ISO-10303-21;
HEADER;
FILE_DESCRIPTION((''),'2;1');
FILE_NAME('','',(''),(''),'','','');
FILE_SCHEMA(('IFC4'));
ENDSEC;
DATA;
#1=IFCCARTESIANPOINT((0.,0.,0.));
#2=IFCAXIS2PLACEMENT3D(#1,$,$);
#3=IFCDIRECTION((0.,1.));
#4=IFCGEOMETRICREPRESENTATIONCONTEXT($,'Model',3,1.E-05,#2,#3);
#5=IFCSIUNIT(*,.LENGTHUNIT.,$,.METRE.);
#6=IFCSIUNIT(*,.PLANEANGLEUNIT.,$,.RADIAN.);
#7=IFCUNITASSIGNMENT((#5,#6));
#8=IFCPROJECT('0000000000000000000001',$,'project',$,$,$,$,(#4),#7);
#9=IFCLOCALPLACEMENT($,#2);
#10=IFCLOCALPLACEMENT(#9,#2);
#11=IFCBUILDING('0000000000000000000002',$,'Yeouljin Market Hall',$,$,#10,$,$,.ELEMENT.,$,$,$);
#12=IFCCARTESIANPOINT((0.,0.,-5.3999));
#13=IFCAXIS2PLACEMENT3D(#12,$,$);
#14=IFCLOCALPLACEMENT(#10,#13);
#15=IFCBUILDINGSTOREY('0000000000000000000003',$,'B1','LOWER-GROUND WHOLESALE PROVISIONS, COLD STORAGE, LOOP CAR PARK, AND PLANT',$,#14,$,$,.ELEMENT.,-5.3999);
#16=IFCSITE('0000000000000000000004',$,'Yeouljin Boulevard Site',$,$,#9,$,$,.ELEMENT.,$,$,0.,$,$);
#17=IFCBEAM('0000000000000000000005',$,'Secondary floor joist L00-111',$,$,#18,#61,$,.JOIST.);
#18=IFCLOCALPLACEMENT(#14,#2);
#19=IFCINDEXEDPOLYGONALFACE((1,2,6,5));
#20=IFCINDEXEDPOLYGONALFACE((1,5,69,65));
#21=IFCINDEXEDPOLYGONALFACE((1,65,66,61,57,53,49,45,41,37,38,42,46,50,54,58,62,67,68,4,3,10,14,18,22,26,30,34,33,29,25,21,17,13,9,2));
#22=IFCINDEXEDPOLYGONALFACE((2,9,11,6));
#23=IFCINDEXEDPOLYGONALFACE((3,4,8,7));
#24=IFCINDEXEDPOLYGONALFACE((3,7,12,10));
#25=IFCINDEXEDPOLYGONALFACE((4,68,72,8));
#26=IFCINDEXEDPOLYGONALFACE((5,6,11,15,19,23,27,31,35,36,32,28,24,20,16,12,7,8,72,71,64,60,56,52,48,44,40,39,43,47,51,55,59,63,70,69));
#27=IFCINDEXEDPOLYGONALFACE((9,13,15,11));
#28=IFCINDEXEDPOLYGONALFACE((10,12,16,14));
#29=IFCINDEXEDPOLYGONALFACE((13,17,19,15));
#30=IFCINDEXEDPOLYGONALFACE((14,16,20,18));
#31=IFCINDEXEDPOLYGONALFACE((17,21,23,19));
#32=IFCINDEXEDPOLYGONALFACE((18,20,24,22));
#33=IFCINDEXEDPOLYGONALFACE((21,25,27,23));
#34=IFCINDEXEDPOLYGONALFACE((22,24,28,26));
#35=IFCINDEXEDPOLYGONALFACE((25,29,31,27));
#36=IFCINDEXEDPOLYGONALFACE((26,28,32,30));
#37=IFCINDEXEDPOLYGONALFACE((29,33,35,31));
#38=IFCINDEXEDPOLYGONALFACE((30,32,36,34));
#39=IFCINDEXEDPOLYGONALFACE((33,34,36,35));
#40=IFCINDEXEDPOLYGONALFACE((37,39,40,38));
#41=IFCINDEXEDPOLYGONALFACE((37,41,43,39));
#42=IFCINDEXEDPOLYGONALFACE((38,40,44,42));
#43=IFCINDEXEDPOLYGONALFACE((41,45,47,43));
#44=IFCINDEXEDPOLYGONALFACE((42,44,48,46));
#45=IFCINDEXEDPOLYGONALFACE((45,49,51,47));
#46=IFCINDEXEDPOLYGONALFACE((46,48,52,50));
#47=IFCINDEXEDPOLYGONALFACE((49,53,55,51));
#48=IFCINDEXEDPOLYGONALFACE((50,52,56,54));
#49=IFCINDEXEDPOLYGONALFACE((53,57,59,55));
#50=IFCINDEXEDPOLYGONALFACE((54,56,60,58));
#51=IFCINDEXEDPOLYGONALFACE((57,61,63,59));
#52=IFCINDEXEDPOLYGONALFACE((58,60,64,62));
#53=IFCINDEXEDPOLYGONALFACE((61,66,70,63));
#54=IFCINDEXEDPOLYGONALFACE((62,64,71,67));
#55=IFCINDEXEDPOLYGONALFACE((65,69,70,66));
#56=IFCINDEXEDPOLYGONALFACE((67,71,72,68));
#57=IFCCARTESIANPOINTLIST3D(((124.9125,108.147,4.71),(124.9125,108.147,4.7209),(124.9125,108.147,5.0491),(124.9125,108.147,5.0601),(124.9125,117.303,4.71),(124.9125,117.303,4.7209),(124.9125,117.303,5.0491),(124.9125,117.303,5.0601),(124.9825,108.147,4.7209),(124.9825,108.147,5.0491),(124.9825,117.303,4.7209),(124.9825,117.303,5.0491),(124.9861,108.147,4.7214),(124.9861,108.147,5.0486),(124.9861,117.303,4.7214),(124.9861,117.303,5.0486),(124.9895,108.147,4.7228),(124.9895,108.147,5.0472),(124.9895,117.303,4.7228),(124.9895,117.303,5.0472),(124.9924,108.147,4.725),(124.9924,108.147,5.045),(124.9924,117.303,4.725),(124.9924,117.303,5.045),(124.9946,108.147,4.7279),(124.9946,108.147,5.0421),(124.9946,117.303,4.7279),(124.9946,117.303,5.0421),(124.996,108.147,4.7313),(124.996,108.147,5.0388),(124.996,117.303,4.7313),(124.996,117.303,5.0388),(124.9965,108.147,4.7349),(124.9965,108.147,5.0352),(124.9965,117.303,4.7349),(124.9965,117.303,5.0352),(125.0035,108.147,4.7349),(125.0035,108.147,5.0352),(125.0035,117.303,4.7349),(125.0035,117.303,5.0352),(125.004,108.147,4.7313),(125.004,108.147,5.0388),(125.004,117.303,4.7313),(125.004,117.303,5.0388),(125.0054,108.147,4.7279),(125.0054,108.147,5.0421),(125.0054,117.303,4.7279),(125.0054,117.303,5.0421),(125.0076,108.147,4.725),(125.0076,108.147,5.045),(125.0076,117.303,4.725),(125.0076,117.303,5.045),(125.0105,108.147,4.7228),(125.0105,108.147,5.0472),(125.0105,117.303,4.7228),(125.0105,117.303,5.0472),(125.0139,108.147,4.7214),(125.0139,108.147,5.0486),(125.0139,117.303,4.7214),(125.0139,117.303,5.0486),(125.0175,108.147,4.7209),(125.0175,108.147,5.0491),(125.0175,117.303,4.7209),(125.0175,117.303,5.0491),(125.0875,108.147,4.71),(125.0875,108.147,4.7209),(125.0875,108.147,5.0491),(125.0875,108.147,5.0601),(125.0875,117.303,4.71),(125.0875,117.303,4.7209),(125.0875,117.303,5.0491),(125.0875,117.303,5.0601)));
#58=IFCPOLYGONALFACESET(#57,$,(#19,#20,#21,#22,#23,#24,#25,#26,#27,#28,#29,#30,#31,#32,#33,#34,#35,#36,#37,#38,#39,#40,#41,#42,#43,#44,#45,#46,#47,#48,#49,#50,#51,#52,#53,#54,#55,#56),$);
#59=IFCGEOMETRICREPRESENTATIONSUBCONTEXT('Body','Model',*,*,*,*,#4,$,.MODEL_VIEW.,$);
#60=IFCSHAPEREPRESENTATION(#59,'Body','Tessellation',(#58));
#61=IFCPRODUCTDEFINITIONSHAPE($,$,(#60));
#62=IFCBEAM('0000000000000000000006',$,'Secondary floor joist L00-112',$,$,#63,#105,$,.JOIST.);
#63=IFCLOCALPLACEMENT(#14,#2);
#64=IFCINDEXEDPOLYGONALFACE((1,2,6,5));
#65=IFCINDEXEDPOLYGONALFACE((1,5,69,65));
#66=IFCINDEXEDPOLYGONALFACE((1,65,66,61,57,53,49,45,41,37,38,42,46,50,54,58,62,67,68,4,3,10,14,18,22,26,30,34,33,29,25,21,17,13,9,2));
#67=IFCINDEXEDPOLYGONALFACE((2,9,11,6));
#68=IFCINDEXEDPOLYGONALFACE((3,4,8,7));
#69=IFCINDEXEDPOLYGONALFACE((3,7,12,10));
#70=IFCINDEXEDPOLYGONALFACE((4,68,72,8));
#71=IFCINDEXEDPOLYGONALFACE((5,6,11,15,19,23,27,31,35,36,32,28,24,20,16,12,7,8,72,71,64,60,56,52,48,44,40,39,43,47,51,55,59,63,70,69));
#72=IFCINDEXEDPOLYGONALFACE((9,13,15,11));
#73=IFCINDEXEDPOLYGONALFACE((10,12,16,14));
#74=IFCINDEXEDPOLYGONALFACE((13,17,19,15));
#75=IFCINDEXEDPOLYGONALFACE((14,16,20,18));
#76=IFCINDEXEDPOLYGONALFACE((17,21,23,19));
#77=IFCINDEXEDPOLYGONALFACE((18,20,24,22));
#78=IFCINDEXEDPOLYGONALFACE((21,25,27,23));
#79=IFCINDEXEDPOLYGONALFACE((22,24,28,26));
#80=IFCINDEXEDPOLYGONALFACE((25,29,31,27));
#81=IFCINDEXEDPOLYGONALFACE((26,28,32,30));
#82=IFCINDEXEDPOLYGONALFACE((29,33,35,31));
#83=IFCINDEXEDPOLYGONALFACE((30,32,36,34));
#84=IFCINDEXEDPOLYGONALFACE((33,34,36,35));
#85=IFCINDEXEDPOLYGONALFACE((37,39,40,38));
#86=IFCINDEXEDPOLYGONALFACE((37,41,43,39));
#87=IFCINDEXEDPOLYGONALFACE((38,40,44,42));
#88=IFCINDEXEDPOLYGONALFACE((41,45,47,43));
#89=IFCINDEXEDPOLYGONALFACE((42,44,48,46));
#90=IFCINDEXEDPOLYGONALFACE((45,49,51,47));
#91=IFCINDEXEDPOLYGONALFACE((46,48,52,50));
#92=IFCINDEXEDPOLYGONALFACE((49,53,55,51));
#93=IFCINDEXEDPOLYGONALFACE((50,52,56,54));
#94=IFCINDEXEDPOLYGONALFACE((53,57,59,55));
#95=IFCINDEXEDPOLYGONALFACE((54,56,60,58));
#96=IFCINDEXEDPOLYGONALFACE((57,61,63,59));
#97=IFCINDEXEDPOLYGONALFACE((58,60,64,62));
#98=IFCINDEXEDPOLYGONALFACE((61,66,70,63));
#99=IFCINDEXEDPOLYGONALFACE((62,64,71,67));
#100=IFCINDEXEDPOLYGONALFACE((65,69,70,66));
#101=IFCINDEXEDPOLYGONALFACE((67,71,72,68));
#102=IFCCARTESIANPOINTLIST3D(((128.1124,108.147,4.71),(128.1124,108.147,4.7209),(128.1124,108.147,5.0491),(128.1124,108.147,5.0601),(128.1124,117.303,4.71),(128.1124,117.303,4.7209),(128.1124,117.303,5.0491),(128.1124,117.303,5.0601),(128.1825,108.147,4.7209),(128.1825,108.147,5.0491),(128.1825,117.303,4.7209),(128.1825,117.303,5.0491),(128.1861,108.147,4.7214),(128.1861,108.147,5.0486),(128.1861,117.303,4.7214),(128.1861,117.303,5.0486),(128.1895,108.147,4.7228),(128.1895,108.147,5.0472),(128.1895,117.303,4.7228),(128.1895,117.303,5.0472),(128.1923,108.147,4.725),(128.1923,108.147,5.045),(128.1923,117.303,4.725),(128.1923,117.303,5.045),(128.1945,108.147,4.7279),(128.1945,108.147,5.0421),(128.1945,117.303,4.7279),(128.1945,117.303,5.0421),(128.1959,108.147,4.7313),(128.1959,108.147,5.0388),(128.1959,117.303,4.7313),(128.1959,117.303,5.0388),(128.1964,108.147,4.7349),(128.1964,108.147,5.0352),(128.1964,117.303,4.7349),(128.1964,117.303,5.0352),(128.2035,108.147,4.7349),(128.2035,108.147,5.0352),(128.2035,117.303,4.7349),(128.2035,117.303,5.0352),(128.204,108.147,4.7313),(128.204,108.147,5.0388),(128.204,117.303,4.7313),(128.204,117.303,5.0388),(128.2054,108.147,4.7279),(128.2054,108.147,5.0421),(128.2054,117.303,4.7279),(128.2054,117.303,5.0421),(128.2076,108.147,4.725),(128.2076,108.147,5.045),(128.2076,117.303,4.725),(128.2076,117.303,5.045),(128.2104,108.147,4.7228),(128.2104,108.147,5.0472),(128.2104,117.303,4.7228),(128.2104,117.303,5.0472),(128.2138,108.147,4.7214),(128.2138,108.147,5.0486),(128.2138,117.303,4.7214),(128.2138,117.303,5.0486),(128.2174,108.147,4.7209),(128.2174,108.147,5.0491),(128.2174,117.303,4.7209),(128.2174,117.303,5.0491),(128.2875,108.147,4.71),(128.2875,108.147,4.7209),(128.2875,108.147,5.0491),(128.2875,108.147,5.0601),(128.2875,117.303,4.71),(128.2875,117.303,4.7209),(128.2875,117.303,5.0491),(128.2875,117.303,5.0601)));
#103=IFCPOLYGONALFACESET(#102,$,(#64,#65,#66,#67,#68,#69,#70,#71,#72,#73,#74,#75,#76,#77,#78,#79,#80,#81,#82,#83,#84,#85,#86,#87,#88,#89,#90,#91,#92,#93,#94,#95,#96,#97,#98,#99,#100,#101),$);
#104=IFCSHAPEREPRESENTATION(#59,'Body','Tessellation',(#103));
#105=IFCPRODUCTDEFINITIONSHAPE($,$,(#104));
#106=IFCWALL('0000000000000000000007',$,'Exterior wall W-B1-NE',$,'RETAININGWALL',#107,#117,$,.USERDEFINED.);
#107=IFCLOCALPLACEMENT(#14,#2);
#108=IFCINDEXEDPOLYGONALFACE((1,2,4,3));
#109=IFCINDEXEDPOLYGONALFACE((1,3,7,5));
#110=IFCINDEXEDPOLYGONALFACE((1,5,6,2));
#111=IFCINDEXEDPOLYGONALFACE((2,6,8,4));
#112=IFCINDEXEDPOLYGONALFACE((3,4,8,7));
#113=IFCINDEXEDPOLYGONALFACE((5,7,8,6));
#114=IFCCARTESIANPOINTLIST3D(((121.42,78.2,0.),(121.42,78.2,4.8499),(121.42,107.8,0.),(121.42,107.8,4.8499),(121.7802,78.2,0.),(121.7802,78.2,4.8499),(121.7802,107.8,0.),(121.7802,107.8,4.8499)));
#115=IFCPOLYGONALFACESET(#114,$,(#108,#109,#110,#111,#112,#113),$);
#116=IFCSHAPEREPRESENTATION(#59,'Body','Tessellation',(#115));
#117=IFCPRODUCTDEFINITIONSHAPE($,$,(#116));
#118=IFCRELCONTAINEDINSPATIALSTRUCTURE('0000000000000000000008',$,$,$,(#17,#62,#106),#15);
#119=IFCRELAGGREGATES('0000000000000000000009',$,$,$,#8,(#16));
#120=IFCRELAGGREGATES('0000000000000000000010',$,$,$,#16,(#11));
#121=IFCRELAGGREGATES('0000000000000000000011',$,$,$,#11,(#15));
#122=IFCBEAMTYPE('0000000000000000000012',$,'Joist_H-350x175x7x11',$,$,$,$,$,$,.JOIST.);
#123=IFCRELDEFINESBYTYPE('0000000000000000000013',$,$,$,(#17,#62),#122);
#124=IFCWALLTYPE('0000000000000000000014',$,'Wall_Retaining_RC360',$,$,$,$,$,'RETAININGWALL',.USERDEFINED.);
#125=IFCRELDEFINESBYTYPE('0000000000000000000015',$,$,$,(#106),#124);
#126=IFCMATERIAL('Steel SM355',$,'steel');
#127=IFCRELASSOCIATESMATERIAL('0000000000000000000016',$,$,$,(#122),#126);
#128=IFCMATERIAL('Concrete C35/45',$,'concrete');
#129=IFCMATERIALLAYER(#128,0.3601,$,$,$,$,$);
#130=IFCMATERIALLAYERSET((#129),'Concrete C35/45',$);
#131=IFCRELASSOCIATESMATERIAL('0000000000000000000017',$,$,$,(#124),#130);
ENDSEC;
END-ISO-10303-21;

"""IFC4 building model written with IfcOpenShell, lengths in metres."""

from ifc_helpers import new_model, si_unit, direction, frame, frame_2d, origin, origin_2d, place, context, subcontext, project, spatial, rectangle, i_section, extrude, material, layer, layer_set, material_profile, profile_set, type_object, element, save


model = new_model("IFC4")

# Units and contexts
model_context = context("Model", 3, precision=1e-05, world=origin(), true_north=direction((0.0, 1.0)))
body_context = subcontext(model_context, "Body", "Model", "MODEL_VIEW")
ifc_project = project(units=[si_unit("LENGTHUNIT", "METRE"), si_unit("PLANEANGLEUNIT", "RADIAN")], contexts=[model_context])

# Site, building, storey
site_placement = place(None, origin())
site = spatial("IfcSite", under=ifc_project, at=site_placement, Name="Yeouljin Boulevard Site", CompositionType="ELEMENT", RefElevation=0.0)
building_placement = place(site_placement, origin())
building = spatial("IfcBuilding", under=site, at=building_placement, Name="Yeouljin Market Hall", CompositionType="ELEMENT")
storey_placement = place(building_placement, frame((0.0, 0.0, -5.3999)))
storey = spatial("IfcBuildingStorey", under=building, at=storey_placement, Name="B1", Description="LOWER-GROUND WHOLESALE PROVISIONS, COLD STORAGE, LOOP CAR PARK, AND PLANT", CompositionType="ELEMENT", Elevation=-5.3999)

# Beams
ifc_material_1 = material(Name="Steel SM355", Category="steel")
ifc_material_profile_1 = material_profile(ifc_material_1, i_section(OverallWidth=0.175, OverallDepth=0.3501, WebThickness=0.0071, FlangeThickness=0.011, FilletRadius=0.0139, at=origin_2d()), Name="H-350x175x7x11")
ifc_profile_set_1 = profile_set([ifc_material_profile_1], Name="Steel SM355")
beam_type_1 = type_object("IfcBeamType", Name="Joist_H-350x175x7x11", PredefinedType="JOIST", material=ifc_profile_set_1)
for number, where, z_axis, x_axis, name in (
    (1, (125.0, 108.147, 4.885), (0.0, 1.0, 0.0), (-1.0, 0.0, 0.0), "Secondary floor joist L00-111"),
    (2, (128.2, 108.147, 4.885), (0.0, 1.0, 0.0), (-1.0, 0.0, 0.0), "Secondary floor joist L00-112"),
):
    element("IfcBeam", number, at=place(storey_placement, frame(where, z_axis=z_axis, x_axis=x_axis)), inside=storey, type_object=beam_type_1, Name=name, PredefinedType="JOIST", context=body_context, shape_type="SweptSolid", body=[
        extrude(i_section(OverallWidth=0.175, OverallDepth=0.3501, WebThickness=0.0071, FlangeThickness=0.011, FilletRadius=0.0139, at=origin_2d()), origin(), (0.0, 0.0, 1.0), 9.156),
    ])

# Wall
ifc_material_2 = material(Name="Concrete C35/45", Category="concrete")
ifc_layer = layer(ifc_material_2, 0.3601)
ifc_layer_set = layer_set([ifc_layer], Name="Concrete C35/45")
wall_type = type_object("IfcWallType", Name="Wall_Retaining_RC360", ElementType="RETAININGWALL", PredefinedType="USERDEFINED", material=ifc_layer_set)
wall_placement = place(storey_placement, frame((121.6001, 107.8, 0.0), z_axis=(0.0, 0.0, 1.0), x_axis=(0.0, -1.0, 0.0)))
element("IfcWall", 3, at=wall_placement, inside=storey, type_object=wall_type, Name="Exterior wall W-B1-NE", ObjectType="RETAININGWALL", PredefinedType="USERDEFINED", context=body_context, shape_type="SweptSolid", body=[
    extrude(rectangle(XDim=29.6001, YDim=0.3601, at=frame_2d((14.8, 0.0))), origin(), (0.0, 0.0, 1.0), 4.8499),
])

save(model, "model.ifc")
